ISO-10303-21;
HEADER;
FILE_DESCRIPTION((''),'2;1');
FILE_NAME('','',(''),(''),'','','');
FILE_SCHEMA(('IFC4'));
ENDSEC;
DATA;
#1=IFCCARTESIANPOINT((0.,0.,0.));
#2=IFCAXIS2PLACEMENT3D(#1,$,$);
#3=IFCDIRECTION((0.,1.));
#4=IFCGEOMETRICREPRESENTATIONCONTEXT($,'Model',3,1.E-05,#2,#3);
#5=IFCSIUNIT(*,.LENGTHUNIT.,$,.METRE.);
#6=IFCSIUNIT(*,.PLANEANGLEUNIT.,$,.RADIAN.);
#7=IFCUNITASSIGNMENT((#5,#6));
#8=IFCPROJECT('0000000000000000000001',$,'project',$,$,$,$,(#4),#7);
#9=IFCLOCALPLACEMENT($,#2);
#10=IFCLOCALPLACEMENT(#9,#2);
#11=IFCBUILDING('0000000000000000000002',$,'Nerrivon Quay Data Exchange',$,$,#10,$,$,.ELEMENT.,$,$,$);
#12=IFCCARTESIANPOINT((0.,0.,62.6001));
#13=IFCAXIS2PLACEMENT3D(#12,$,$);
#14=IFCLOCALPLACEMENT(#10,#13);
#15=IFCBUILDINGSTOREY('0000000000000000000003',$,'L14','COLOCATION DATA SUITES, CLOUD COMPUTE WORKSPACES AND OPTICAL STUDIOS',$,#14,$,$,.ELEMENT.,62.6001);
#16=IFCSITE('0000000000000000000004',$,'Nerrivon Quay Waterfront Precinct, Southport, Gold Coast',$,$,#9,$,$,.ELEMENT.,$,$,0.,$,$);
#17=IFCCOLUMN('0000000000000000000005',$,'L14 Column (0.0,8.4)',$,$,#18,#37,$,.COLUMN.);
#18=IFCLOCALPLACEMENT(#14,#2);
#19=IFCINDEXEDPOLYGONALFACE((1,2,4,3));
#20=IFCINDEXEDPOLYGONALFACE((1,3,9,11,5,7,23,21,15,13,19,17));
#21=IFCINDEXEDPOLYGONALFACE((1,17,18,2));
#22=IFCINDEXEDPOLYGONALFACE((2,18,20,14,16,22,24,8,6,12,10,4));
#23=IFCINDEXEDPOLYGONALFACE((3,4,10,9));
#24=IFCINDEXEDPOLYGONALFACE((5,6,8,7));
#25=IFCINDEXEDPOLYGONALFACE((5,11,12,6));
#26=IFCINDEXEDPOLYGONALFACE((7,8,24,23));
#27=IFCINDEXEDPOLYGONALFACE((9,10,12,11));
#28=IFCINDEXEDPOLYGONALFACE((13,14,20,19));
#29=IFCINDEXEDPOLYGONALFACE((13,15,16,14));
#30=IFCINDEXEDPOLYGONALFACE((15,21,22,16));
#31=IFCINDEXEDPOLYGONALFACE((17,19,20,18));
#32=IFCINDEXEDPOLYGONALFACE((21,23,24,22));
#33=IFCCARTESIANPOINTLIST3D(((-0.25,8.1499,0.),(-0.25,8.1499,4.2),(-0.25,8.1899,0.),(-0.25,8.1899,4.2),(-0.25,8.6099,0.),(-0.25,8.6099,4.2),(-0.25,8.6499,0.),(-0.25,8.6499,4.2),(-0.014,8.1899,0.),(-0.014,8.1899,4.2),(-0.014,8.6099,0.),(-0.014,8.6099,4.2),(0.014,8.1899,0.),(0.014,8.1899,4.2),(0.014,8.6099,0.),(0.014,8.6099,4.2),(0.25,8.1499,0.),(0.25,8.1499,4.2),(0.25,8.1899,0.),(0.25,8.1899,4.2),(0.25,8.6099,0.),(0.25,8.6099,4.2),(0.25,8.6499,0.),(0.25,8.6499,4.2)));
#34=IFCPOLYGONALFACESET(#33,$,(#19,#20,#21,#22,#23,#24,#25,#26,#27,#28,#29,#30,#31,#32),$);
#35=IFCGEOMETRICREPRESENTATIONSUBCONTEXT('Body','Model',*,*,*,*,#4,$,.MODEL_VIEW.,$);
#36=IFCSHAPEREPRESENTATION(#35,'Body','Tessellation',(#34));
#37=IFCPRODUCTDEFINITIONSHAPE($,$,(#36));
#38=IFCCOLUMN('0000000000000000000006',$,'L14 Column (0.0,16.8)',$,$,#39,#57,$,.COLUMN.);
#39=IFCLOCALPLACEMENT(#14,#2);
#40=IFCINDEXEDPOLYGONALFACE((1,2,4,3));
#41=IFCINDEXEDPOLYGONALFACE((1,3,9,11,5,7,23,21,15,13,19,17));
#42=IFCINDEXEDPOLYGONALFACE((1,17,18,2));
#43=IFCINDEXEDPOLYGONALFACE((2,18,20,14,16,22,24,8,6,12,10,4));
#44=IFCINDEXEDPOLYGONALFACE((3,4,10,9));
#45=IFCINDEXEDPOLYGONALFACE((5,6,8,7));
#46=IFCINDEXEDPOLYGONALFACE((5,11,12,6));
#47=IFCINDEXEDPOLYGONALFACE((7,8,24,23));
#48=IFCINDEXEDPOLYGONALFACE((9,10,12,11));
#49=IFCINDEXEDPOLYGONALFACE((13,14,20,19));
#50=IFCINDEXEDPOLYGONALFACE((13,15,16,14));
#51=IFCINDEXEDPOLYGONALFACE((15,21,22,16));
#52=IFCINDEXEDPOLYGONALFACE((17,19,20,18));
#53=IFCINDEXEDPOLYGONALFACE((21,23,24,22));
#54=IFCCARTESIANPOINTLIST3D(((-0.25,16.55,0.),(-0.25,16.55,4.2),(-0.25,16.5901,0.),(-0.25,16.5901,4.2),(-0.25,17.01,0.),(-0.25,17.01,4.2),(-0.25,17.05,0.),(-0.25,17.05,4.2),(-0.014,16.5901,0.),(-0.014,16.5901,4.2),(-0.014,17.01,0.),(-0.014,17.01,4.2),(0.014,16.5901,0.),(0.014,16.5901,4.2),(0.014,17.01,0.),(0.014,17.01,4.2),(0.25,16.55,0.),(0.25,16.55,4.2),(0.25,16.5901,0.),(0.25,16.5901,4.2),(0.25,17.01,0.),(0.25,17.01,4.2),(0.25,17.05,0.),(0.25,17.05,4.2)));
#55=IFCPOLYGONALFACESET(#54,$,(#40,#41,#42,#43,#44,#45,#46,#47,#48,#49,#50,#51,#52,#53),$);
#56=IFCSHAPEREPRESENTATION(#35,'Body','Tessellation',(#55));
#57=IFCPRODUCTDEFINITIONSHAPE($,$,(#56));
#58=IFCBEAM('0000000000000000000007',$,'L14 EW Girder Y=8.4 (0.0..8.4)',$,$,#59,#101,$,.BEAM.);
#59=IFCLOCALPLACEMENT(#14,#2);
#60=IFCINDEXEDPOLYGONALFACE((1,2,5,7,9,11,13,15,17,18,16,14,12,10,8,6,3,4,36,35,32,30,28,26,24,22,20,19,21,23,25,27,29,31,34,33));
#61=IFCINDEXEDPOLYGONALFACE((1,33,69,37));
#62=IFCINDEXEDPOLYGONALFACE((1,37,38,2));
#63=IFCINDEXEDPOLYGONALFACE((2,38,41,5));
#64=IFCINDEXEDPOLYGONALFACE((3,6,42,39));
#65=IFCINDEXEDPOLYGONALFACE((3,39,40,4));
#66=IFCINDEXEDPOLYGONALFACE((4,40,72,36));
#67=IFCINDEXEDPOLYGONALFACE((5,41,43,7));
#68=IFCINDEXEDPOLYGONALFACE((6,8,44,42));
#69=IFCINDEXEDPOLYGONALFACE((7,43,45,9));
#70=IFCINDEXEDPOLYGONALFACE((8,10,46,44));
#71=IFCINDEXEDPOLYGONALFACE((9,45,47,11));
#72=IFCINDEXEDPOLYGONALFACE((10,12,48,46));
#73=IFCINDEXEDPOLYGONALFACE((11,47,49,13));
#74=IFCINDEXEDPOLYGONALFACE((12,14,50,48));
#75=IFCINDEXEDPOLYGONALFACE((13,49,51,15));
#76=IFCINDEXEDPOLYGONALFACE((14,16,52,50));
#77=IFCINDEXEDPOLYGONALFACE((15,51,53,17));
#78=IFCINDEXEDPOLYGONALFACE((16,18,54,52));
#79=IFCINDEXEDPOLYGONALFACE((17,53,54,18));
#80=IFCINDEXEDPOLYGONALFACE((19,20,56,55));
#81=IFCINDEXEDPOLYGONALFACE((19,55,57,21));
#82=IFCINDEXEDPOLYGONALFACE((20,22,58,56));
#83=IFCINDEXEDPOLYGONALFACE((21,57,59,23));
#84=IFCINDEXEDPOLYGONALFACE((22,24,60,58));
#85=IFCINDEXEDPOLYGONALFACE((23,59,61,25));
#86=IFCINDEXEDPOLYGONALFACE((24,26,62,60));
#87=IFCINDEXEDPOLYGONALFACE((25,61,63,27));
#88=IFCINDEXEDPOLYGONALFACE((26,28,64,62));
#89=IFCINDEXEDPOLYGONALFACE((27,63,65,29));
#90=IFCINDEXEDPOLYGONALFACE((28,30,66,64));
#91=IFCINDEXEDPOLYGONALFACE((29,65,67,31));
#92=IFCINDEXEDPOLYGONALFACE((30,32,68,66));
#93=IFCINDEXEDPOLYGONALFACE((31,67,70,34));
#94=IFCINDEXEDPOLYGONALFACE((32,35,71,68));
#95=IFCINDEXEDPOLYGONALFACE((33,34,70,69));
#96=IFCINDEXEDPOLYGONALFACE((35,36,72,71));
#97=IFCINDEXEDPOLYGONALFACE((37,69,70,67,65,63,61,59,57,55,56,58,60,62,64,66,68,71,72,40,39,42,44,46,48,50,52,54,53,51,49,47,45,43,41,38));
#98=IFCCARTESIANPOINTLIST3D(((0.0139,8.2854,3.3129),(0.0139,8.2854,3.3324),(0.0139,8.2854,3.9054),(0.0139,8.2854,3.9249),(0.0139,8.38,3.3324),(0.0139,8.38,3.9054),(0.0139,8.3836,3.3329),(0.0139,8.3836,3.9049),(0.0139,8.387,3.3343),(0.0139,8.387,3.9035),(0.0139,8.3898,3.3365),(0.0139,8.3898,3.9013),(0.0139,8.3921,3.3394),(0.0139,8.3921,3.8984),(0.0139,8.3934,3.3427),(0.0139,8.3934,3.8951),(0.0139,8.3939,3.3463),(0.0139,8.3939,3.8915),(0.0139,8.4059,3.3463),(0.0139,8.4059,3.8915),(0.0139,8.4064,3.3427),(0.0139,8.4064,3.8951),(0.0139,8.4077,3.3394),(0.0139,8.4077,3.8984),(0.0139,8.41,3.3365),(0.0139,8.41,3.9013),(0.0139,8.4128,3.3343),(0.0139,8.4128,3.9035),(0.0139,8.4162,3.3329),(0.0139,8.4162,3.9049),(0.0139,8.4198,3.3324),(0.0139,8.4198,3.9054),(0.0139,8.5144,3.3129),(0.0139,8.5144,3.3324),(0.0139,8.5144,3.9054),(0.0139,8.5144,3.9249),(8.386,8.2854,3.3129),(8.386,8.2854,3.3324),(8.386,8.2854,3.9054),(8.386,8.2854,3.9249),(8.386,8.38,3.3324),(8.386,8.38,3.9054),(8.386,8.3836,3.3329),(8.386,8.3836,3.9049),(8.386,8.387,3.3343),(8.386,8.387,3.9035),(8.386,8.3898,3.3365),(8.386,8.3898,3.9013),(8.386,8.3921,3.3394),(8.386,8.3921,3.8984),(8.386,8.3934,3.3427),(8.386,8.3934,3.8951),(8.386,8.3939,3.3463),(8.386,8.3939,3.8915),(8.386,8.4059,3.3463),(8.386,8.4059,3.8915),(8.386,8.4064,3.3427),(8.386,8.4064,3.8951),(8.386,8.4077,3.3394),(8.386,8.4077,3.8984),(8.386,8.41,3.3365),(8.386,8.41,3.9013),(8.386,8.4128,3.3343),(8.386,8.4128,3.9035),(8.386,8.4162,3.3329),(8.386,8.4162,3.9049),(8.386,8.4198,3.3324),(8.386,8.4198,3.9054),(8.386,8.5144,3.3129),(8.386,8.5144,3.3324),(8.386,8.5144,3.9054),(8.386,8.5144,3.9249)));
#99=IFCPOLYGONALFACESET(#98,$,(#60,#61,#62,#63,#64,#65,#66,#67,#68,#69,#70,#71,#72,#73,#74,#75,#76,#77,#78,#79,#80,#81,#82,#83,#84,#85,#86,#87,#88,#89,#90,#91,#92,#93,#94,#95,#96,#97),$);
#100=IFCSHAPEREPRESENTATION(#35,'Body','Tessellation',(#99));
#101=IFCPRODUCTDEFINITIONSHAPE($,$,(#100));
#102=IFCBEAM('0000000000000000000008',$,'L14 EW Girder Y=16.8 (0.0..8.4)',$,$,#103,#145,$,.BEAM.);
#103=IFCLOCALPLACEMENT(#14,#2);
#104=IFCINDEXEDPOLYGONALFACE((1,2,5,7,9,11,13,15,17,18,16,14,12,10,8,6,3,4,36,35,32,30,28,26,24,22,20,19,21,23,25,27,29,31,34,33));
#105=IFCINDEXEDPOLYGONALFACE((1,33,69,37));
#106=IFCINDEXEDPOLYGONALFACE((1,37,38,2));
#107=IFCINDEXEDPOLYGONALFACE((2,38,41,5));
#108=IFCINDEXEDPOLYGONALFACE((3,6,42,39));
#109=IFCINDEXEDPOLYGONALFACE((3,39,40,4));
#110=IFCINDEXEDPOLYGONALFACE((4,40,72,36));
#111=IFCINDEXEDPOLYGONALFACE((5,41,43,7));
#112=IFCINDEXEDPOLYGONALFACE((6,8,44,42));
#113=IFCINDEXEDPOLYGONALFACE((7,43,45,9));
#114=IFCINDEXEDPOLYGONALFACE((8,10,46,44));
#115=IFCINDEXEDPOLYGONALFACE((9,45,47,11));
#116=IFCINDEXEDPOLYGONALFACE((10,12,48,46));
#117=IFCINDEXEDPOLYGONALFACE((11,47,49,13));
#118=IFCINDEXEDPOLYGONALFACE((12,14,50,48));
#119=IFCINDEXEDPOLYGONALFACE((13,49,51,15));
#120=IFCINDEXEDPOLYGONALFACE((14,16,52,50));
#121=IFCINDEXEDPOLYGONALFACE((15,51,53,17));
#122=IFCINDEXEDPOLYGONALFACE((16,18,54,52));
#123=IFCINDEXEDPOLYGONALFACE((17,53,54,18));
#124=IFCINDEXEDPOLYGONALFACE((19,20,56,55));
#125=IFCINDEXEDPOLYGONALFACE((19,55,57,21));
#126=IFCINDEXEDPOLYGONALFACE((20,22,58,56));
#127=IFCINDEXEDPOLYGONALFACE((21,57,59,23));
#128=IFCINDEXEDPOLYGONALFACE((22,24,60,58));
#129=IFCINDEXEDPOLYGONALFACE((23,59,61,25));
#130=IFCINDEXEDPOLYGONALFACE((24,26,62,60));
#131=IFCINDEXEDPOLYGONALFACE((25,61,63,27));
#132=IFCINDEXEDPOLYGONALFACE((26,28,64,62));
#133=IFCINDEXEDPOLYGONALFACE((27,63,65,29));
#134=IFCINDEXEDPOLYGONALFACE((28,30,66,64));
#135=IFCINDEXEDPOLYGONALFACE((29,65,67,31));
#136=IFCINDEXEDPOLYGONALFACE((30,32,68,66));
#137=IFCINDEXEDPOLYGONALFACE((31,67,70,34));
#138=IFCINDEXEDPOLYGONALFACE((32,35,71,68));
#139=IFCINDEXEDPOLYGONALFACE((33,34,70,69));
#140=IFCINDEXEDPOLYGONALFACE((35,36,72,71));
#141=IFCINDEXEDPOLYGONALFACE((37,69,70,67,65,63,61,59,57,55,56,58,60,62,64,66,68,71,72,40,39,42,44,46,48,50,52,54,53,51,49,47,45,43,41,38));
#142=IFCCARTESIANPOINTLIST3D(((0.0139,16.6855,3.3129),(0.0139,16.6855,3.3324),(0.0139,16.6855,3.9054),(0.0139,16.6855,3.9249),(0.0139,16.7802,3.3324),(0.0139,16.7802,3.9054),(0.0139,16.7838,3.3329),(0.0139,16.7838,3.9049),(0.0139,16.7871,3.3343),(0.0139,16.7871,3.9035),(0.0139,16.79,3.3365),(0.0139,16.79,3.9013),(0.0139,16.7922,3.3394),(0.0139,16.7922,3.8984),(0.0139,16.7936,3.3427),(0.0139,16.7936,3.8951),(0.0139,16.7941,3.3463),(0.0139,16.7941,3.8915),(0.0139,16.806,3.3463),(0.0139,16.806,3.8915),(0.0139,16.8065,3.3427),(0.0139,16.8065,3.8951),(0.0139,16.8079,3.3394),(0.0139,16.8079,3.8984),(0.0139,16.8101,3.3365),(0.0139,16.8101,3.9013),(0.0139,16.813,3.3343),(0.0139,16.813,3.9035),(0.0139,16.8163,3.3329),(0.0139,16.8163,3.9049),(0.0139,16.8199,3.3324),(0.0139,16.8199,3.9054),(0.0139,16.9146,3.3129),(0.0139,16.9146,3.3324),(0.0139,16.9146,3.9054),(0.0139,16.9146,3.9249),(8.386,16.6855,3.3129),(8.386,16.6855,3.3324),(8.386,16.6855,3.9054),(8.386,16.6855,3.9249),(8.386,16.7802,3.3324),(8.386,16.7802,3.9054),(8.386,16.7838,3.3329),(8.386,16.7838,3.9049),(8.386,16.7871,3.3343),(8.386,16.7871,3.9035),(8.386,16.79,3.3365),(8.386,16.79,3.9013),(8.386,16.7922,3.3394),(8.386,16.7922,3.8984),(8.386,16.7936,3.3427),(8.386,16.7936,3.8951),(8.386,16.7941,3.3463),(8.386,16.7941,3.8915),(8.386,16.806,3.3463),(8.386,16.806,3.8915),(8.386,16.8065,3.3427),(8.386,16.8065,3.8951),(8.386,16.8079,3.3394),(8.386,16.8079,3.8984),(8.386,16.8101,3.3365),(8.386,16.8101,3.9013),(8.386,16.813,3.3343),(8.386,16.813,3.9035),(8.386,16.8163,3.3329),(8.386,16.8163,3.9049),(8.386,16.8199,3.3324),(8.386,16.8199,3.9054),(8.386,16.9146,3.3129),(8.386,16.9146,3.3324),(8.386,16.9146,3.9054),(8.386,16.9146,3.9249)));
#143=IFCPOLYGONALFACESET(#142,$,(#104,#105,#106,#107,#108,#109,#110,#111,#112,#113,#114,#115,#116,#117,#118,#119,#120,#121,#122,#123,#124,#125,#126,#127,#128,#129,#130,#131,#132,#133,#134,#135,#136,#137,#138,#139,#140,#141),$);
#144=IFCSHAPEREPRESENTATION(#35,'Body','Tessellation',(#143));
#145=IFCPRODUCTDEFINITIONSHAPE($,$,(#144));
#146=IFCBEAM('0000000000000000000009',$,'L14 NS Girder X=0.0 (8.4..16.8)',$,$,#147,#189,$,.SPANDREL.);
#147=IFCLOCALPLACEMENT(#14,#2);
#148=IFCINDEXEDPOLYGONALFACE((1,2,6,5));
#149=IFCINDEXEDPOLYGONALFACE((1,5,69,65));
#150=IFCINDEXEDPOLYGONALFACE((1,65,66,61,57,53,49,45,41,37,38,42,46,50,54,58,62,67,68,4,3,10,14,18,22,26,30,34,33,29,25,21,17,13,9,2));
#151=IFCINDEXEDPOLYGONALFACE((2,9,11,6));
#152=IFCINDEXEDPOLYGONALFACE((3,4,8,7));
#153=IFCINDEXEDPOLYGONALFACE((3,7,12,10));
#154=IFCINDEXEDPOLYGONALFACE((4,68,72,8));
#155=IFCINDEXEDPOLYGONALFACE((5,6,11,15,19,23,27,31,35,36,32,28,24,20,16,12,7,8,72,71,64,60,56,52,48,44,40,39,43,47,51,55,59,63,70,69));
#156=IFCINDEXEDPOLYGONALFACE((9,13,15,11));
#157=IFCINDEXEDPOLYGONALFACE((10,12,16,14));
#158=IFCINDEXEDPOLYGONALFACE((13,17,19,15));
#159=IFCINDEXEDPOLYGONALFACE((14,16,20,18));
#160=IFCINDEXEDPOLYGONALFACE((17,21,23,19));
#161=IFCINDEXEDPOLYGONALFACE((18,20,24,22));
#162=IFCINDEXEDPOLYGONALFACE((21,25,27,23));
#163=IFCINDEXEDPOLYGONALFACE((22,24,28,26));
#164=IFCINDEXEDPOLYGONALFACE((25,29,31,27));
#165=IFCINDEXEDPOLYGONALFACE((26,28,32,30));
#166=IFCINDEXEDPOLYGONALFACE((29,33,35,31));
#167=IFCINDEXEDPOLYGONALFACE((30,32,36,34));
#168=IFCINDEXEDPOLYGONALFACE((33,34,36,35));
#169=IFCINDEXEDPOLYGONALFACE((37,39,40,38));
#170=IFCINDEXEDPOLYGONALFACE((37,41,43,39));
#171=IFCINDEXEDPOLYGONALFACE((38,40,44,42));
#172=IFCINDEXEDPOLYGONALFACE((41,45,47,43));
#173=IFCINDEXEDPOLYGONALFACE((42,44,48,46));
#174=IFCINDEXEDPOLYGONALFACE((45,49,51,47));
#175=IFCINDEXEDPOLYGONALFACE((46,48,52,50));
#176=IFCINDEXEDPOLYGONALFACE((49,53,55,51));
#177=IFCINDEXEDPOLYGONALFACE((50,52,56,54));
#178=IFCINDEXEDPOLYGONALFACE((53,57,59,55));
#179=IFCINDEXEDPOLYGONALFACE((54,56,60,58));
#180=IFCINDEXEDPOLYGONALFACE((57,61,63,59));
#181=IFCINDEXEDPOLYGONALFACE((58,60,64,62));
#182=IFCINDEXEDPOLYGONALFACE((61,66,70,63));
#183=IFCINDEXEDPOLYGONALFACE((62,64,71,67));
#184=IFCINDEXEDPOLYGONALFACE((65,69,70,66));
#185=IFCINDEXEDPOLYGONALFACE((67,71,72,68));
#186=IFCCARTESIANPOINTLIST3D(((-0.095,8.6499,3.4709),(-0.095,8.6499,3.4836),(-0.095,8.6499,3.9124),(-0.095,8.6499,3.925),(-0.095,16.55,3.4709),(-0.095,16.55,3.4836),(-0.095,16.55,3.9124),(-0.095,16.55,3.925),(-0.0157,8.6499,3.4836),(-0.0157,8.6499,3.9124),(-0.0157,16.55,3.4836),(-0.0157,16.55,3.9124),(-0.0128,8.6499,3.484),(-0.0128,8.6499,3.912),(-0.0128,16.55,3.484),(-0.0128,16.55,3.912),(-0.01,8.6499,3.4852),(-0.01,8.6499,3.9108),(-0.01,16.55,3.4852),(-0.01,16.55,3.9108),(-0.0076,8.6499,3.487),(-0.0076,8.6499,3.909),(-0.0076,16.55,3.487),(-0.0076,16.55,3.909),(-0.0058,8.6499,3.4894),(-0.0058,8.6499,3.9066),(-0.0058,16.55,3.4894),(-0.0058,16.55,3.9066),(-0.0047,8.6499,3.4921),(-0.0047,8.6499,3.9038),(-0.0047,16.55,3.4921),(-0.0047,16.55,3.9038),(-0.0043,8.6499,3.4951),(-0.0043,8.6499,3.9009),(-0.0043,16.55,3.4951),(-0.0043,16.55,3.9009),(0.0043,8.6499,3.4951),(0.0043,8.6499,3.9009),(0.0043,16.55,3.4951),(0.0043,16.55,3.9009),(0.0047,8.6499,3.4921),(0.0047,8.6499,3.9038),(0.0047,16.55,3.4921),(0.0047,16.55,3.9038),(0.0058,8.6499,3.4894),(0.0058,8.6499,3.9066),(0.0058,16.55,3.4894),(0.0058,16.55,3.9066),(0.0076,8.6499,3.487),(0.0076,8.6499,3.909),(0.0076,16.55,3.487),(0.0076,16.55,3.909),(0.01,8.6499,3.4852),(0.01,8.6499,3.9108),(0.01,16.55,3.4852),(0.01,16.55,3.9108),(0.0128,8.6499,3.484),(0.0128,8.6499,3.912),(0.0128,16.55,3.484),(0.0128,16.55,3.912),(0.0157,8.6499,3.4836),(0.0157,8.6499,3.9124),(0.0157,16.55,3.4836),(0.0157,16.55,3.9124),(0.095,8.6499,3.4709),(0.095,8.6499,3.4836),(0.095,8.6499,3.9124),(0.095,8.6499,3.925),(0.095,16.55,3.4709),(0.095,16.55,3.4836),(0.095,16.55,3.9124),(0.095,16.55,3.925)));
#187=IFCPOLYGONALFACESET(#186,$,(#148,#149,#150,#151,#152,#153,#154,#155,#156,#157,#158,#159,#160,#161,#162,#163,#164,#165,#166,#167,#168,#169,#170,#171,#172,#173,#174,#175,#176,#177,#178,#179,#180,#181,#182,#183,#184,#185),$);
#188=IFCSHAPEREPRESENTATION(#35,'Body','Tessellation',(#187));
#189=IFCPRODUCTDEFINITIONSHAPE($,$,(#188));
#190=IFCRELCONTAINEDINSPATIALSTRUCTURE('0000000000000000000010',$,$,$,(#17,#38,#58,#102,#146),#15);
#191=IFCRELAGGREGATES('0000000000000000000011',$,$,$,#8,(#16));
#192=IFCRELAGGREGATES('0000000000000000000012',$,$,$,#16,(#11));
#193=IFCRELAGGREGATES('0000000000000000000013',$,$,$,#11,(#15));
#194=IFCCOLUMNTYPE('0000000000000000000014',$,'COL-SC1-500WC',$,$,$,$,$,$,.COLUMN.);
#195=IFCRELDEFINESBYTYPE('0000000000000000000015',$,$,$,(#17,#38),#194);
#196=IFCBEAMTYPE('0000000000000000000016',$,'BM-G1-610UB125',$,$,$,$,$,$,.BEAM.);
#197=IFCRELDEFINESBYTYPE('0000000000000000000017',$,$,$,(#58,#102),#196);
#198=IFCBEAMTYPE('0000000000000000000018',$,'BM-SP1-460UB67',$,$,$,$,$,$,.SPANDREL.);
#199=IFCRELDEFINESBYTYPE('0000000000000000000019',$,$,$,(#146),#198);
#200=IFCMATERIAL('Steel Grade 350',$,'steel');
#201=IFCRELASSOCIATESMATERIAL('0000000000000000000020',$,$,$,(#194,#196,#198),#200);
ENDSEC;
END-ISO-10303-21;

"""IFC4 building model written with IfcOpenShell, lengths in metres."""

from ifc_helpers import new_model, si_unit, direction, frame, origin, origin_2d, place, context, subcontext, project, spatial, i_section, extrude, material, material_profile, profile_set, type_object, element, save


model = new_model("IFC4")

# Units and contexts
model_context = context("Model", 3, precision=1e-05, world=origin(), true_north=direction((0.0, 1.0)))
body_context = subcontext(model_context, "Body", "Model", "MODEL_VIEW")
ifc_project = project(units=[si_unit("LENGTHUNIT", "METRE"), si_unit("PLANEANGLEUNIT", "RADIAN")], contexts=[model_context])

# Site, building, storey
site_placement = place(None, origin())
site = spatial("IfcSite", under=ifc_project, at=site_placement, Name="Nerrivon Quay Waterfront Precinct, Southport, Gold Coast", CompositionType="ELEMENT", RefElevation=0.0)
building_placement = place(site_placement, origin())
building = spatial("IfcBuilding", under=site, at=building_placement, Name="Nerrivon Quay Data Exchange", CompositionType="ELEMENT")
storey_placement = place(building_placement, frame((0.0, 0.0, 62.6001)))
storey = spatial("IfcBuildingStorey", under=building, at=storey_placement, Name="L14", Description="COLOCATION DATA SUITES, CLOUD COMPUTE WORKSPACES AND OPTICAL STUDIOS", CompositionType="ELEMENT", Elevation=62.6001)

# Columns
ifc_material_1 = material(Name="Steel Grade 350", Category="steel")
ifc_material_profile_1 = material_profile(ifc_material_1, i_section(OverallWidth=0.5, OverallDepth=0.5, WebThickness=0.0281, FlangeThickness=0.04, at=origin_2d()), Name="500WC440")
ifc_profile_set_1 = profile_set([ifc_material_profile_1], Name="Steel Grade 350")
column_type = type_object("IfcColumnType", Name="COL-SC1-500WC", PredefinedType="COLUMN", material=ifc_profile_set_1)
for number, where, z_axis, x_axis, name in (
    (1, (0.0, 8.3999, 0.0), (0.0, 0.0, 1.0), (1.0, 0.0, 0.0), "L14 Column (0.0,8.4)"),
    (2, (0.0, 16.8, 0.0), (0.0, 0.0, 1.0), (1.0, 0.0, 0.0), "L14 Column (0.0,16.8)"),
):
    element("IfcColumn", number, at=place(storey_placement, frame(where, z_axis=z_axis, x_axis=x_axis)), inside=storey, type_object=column_type, Name=name, PredefinedType="COLUMN", context=body_context, shape_type="SweptSolid", body=[
        extrude(i_section(OverallWidth=0.5, OverallDepth=0.5, WebThickness=0.0281, FlangeThickness=0.04, at=origin_2d()), origin(), (0.0, 0.0, 1.0), 4.2),
    ])

# Beams
ifc_material_profile_2 = material_profile(ifc_material_1, i_section(OverallWidth=0.229, OverallDepth=0.6121, WebThickness=0.012, FlangeThickness=0.0195, FilletRadius=0.0139, at=origin_2d()), Name="610UB125")
ifc_profile_set_2 = profile_set([ifc_material_profile_2], Name="Steel Grade 350")
beam_type_1 = type_object("IfcBeamType", Name="BM-G1-610UB125", PredefinedType="BEAM", material=ifc_profile_set_2)
for number, where, z_axis, x_axis, name in (
    (3, (0.0139, 8.3999, 3.6189), (1.0, 0.0, 0.0), (0.0, 1.0, 0.0), "L14 EW Girder Y=8.4 (0.0..8.4)"),
    (4, (0.0139, 16.8, 3.6189), (1.0, 0.0, 0.0), (0.0, 1.0, 0.0), "L14 EW Girder Y=16.8 (0.0..8.4)"),
):
    element("IfcBeam", number, at=place(storey_placement, frame(where, z_axis=z_axis, x_axis=x_axis)), inside=storey, type_object=beam_type_1, Name=name, PredefinedType="BEAM", context=body_context, shape_type="SweptSolid", body=[
        extrude(i_section(OverallWidth=0.229, OverallDepth=0.6121, WebThickness=0.012, FlangeThickness=0.0195, FilletRadius=0.0139, at=origin_2d()), origin(), (0.0, 0.0, 1.0), 8.3721),
    ])
ifc_material_profile_3 = material_profile(ifc_material_1, i_section(OverallWidth=0.1899, OverallDepth=0.4541, WebThickness=0.0085, FlangeThickness=0.0127, FilletRadius=0.0115, at=origin_2d()), Name="460UB67.1")
ifc_profile_set_3 = profile_set([ifc_material_profile_3], Name="Steel Grade 350")
beam_type_2 = type_object("IfcBeamType", Name="BM-SP1-460UB67", PredefinedType="SPANDREL", material=ifc_profile_set_3)
beam_1_placement = place(storey_placement, frame((0.0, 8.6499, 3.698), z_axis=(0.0, 1.0, 0.0), x_axis=(-1.0, 0.0, 0.0)))
element("IfcBeam", 5, at=beam_1_placement, inside=storey, type_object=beam_type_2, Name="L14 NS Girder X=0.0 (8.4..16.8)", PredefinedType="SPANDREL", context=body_context, shape_type="SweptSolid", body=[
    extrude(i_section(OverallWidth=0.1899, OverallDepth=0.4541, WebThickness=0.0085, FlangeThickness=0.0127, FilletRadius=0.0115, at=origin_2d()), origin(), (0.0, 0.0, 1.0), 7.9001),
])

save(model, "model.ifc")
